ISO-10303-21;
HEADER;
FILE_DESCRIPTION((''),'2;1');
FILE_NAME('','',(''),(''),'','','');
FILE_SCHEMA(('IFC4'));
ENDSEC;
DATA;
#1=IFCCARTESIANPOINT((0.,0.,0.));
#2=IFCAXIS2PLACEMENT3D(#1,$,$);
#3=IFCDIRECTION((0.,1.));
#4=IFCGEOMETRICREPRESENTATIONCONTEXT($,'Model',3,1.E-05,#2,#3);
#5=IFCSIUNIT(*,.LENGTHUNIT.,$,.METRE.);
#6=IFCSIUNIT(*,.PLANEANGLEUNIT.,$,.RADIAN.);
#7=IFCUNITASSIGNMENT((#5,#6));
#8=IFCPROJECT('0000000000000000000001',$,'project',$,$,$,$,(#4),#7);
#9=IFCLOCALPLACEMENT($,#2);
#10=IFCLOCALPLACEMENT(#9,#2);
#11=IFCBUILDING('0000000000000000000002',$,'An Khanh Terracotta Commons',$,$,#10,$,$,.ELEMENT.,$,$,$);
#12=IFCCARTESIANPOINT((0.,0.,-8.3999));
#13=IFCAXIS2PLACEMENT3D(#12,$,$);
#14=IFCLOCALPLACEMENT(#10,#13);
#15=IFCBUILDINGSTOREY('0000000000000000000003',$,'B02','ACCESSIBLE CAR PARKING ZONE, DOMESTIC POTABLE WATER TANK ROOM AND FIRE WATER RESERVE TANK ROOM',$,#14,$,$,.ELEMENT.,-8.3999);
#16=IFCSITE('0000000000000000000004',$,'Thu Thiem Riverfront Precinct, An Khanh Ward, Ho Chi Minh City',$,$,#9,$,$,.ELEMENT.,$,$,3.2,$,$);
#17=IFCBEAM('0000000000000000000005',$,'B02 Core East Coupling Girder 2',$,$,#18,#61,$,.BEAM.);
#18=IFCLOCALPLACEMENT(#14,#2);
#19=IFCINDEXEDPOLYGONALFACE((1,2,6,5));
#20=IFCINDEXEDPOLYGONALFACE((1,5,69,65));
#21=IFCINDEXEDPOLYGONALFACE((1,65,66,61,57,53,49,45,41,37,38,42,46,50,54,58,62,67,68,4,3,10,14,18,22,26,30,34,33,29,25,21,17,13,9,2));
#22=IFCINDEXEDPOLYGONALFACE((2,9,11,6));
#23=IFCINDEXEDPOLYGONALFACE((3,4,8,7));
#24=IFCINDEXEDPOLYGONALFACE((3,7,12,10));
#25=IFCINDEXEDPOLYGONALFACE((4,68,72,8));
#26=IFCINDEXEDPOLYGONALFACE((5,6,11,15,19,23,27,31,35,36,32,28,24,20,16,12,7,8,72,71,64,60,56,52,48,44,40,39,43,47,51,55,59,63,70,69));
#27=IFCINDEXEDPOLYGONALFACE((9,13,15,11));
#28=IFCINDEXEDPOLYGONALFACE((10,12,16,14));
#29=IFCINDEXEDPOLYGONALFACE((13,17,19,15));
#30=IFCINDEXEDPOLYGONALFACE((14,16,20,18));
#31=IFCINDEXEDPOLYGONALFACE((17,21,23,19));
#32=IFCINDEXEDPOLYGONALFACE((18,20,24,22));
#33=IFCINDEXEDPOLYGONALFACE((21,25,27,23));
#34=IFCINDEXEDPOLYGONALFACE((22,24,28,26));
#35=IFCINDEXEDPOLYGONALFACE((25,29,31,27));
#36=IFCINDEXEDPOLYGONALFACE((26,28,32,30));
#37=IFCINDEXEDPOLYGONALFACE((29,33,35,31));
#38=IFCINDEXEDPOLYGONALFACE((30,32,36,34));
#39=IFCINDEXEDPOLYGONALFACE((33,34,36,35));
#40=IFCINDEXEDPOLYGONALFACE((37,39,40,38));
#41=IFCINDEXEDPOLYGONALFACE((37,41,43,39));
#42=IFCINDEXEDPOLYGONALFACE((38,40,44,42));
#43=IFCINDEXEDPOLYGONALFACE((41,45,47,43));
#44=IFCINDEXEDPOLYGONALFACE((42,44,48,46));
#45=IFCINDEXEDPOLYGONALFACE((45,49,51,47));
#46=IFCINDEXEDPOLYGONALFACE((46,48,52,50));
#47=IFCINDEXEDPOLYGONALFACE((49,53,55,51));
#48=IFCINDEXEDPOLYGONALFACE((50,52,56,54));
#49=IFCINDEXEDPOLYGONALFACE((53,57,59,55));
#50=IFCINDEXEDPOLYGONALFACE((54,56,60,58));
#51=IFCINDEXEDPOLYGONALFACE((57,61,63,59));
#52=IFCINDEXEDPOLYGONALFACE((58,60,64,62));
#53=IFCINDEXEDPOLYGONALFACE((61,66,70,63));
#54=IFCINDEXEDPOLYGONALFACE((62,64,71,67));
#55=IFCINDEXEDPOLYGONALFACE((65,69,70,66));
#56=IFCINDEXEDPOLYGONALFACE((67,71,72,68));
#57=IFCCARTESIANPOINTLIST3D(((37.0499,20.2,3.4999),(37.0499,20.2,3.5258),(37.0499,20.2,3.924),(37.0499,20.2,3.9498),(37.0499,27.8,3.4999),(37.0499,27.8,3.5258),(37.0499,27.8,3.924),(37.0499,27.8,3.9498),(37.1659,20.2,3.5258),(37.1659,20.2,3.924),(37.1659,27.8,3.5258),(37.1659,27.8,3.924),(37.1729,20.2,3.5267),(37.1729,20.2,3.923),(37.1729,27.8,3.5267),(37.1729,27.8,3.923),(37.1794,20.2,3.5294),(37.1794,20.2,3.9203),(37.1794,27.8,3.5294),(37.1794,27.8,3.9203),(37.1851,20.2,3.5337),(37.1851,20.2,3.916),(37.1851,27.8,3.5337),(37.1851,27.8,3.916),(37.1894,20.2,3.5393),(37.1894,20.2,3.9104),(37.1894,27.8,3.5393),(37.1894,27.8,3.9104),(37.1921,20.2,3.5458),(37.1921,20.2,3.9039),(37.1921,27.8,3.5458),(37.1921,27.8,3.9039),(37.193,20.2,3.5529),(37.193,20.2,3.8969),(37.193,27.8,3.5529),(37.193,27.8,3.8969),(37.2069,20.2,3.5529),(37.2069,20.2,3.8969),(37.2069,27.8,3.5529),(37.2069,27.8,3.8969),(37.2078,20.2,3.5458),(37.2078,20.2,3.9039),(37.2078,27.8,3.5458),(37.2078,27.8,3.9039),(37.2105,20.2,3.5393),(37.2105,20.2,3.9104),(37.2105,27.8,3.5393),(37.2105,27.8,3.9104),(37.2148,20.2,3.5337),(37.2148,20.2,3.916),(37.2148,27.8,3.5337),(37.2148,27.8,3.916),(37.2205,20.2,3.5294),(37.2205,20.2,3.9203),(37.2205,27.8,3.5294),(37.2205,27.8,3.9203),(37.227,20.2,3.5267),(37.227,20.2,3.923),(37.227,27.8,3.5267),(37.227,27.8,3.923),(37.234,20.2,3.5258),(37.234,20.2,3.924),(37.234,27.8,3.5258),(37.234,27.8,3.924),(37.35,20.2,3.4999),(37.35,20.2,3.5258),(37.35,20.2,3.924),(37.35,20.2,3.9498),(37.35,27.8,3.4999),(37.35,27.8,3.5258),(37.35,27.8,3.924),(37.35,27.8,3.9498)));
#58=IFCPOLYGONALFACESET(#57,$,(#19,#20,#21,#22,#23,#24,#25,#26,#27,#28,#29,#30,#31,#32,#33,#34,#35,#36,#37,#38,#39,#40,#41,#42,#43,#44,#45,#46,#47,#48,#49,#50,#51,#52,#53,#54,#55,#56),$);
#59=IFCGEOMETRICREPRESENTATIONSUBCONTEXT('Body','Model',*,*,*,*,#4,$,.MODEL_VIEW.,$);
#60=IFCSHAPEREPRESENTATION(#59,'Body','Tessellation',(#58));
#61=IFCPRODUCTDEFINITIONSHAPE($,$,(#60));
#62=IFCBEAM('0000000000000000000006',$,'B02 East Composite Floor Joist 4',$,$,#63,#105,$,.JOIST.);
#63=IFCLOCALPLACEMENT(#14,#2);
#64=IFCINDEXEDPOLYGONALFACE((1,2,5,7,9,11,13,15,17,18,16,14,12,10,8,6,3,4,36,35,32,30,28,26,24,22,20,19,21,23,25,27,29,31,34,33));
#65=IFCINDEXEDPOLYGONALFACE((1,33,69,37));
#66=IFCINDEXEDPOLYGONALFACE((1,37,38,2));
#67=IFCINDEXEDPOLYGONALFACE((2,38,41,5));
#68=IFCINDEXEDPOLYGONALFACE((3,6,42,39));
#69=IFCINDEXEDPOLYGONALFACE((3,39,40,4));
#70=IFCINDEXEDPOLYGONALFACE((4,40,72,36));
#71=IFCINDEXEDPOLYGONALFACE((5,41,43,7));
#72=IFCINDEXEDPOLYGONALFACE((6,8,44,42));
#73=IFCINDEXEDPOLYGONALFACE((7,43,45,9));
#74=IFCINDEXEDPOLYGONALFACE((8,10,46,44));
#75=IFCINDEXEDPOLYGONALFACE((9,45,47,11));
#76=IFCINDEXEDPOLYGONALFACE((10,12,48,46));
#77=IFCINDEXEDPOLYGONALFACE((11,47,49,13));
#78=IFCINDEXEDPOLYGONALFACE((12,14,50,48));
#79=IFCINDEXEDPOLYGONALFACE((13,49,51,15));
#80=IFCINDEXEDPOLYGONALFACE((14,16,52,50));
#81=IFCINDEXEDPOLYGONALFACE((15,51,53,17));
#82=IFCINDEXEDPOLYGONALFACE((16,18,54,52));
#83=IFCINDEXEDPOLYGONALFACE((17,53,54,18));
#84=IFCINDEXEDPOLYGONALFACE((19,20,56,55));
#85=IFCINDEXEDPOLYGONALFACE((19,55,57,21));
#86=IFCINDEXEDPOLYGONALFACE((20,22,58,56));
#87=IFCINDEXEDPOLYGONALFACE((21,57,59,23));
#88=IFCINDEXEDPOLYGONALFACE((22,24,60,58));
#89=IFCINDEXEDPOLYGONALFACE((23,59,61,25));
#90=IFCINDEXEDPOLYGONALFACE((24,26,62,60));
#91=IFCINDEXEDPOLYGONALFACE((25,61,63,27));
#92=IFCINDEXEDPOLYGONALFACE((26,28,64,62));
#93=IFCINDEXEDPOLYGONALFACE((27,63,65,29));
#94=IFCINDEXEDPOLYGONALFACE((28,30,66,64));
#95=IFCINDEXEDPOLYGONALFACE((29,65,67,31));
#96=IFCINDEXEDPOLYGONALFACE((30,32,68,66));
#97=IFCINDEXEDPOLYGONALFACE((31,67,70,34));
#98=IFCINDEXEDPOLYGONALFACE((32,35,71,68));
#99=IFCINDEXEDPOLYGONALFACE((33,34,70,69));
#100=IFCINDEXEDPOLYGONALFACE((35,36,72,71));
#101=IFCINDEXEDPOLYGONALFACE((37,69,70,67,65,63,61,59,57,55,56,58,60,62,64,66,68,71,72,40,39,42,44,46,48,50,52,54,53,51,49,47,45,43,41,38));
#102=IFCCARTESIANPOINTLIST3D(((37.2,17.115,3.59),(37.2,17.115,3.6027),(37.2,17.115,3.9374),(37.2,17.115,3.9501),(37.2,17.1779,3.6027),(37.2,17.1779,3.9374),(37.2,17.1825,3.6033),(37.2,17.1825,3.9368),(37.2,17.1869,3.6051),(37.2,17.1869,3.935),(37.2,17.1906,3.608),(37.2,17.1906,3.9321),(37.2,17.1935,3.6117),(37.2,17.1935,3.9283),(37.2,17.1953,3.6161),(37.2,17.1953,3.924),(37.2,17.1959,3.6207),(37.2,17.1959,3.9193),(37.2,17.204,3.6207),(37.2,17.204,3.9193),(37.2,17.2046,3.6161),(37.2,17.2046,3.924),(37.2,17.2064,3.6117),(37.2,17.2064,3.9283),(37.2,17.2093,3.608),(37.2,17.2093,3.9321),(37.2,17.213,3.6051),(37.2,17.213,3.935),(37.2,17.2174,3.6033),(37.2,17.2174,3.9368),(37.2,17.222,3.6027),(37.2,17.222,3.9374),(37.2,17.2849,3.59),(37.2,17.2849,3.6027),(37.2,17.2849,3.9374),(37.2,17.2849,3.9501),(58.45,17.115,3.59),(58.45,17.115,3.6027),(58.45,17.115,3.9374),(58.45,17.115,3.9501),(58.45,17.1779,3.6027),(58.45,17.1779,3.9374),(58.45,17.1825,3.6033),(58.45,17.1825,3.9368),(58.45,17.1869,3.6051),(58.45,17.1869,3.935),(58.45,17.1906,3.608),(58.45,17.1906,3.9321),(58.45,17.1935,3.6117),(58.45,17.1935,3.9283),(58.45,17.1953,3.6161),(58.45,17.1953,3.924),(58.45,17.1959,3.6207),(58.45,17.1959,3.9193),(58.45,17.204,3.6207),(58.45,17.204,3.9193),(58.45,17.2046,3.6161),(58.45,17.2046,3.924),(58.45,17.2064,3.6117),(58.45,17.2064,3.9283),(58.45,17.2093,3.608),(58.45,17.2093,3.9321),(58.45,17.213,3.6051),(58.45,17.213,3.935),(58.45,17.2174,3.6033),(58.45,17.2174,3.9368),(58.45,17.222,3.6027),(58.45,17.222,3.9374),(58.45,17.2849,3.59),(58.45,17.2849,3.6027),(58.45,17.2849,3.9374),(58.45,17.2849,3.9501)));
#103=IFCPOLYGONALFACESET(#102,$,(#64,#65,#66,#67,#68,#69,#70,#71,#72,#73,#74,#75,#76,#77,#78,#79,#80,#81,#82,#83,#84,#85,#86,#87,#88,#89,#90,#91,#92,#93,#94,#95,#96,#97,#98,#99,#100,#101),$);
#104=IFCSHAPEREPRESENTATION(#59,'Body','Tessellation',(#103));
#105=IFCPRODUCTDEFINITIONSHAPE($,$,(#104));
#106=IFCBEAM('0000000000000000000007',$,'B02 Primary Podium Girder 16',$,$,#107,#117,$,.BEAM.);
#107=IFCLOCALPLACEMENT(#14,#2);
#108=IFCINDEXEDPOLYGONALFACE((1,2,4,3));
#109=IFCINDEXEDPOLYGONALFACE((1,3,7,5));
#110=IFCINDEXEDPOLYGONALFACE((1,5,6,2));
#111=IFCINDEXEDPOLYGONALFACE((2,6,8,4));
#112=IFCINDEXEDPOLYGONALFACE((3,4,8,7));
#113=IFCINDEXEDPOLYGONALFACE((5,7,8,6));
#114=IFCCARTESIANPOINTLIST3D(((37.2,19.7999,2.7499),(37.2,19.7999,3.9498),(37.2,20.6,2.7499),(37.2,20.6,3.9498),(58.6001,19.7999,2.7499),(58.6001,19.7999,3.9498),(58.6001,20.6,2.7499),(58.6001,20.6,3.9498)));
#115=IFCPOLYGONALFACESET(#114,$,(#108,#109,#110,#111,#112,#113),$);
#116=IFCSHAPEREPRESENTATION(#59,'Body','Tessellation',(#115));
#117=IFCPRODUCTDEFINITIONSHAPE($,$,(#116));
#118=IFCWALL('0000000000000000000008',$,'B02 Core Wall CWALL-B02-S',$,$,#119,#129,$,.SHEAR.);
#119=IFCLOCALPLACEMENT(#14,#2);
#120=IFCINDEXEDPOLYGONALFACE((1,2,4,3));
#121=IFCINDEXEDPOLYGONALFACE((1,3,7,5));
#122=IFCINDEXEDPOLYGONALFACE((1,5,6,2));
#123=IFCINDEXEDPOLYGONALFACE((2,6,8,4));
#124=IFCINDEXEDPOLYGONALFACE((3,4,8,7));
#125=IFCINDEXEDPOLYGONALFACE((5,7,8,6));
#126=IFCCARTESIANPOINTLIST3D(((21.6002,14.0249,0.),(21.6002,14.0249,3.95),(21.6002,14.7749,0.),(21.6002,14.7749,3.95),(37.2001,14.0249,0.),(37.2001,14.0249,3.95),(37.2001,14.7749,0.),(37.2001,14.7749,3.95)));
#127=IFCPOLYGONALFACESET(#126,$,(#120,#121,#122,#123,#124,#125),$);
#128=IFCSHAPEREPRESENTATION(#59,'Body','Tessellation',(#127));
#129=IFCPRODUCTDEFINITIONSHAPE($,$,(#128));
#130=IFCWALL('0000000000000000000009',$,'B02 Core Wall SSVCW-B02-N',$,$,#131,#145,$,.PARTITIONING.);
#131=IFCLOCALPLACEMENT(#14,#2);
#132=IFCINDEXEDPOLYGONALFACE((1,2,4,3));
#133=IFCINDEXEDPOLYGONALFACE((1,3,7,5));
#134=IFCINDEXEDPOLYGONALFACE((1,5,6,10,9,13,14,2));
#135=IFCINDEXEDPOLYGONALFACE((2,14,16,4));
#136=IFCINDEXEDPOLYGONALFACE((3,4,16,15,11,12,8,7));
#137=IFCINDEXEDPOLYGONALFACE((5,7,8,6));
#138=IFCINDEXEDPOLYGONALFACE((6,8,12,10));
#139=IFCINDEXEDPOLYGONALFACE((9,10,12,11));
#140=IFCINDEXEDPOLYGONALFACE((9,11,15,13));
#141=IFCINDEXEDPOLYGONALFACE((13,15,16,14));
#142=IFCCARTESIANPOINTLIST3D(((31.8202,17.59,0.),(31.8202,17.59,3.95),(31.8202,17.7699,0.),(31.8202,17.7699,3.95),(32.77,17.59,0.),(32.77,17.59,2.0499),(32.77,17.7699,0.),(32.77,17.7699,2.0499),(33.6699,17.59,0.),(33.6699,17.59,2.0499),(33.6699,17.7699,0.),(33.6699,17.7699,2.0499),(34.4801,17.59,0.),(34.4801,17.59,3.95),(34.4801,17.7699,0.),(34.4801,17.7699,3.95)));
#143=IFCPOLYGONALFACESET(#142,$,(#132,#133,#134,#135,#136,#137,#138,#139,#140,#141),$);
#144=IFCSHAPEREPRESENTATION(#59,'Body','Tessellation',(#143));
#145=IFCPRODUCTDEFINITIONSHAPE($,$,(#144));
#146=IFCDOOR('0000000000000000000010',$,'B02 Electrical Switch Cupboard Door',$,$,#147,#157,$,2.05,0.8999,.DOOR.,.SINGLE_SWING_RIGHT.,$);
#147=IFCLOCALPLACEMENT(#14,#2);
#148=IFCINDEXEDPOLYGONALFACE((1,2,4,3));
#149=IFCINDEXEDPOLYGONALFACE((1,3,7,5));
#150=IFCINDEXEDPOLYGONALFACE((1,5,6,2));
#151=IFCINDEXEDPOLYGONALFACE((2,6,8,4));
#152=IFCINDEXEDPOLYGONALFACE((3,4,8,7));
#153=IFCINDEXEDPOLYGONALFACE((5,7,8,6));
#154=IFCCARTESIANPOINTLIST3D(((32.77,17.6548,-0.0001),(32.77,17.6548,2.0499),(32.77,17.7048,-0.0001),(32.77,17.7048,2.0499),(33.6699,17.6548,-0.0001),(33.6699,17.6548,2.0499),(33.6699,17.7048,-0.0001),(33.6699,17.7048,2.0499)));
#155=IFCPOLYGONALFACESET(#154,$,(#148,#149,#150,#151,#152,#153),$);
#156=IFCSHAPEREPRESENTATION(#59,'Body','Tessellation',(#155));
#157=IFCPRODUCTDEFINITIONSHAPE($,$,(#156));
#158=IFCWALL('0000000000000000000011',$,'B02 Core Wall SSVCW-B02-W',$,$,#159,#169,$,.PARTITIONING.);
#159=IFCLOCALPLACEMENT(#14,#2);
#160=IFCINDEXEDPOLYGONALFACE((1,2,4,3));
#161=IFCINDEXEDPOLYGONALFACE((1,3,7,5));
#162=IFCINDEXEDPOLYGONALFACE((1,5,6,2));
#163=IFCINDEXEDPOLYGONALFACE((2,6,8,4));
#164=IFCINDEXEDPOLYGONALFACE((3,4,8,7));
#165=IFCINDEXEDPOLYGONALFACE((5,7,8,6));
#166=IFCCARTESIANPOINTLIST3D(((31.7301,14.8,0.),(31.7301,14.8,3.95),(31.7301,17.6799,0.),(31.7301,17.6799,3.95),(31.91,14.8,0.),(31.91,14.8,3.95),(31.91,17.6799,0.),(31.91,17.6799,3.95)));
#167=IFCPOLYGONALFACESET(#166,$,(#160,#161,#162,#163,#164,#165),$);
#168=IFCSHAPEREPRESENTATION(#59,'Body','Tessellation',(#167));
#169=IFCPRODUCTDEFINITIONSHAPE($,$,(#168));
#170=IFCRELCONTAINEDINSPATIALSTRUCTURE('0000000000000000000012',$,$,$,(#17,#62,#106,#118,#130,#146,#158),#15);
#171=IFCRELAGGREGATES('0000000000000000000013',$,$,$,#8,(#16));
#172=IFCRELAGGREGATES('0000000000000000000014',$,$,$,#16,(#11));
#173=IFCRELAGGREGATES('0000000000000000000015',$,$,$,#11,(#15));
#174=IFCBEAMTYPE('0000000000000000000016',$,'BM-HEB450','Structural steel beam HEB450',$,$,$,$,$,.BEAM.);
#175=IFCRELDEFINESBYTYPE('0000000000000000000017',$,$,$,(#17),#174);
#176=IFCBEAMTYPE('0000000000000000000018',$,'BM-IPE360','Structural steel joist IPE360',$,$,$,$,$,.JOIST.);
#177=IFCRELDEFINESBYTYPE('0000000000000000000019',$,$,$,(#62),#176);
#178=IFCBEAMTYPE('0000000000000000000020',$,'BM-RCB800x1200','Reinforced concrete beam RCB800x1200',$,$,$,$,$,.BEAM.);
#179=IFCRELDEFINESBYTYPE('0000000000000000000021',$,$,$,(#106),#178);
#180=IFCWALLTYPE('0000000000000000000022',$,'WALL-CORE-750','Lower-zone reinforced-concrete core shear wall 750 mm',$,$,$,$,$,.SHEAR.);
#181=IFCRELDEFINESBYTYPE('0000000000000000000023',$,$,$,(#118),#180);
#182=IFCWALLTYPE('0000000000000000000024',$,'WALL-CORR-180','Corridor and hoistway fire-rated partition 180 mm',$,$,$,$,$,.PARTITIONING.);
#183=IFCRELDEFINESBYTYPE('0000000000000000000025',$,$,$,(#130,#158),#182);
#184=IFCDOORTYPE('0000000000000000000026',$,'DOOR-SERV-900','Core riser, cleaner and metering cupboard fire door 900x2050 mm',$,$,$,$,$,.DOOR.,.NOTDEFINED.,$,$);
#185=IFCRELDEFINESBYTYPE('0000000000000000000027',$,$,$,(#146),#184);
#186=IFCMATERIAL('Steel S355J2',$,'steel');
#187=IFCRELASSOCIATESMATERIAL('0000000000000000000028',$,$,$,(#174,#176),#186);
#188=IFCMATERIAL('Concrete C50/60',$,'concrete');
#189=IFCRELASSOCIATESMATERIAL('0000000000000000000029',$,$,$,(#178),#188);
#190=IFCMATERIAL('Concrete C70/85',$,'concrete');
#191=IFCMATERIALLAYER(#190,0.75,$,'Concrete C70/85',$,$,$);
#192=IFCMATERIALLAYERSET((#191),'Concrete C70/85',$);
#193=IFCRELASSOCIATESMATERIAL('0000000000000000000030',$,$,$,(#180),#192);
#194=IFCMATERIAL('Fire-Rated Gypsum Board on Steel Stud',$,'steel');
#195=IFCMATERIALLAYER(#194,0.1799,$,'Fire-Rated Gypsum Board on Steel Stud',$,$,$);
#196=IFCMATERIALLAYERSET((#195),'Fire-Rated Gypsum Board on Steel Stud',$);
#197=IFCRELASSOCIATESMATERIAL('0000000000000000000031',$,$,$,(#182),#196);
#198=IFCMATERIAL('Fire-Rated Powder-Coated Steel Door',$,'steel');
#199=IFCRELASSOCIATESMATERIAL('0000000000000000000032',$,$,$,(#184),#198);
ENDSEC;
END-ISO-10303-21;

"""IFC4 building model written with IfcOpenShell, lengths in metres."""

from ifc_helpers import new_model, si_unit, direction, frame, frame_2d, origin, origin_2d, place, context, subcontext, project, spatial, rectangle, i_section, extrude, material, layer, layer_set, material_profile, profile_set, type_object, element, fill, save


model = new_model("IFC4")

# Units and contexts
model_context = context("Model", 3, precision=1e-05, world=origin(), true_north=direction((0.0, 1.0)))
body_context = subcontext(model_context, "Body", "Model", "MODEL_VIEW")
ifc_project = project(units=[si_unit("LENGTHUNIT", "METRE"), si_unit("PLANEANGLEUNIT", "RADIAN")], contexts=[model_context])

# Site, building, storey
site_placement = place(None, origin())
site = spatial("IfcSite", under=ifc_project, at=site_placement, Name="Thu Thiem Riverfront Precinct, An Khanh Ward, Ho Chi Minh City", CompositionType="ELEMENT", RefElevation=3.2)
building_placement = place(site_placement, origin())
building = spatial("IfcBuilding", under=site, at=building_placement, Name="An Khanh Terracotta Commons", CompositionType="ELEMENT")
storey_placement = place(building_placement, frame((0.0, 0.0, -8.3999)))
storey = spatial("IfcBuildingStorey", under=building, at=storey_placement, Name="B02", Description="ACCESSIBLE CAR PARKING ZONE, DOMESTIC POTABLE WATER TANK ROOM AND FIRE WATER RESERVE TANK ROOM", CompositionType="ELEMENT", Elevation=-8.3999)

# Shared definitions
ifc_material_1 = material(Name="Concrete C50/60", Category="concrete")

# Shared definitions
ifc_material_2 = material(Name="Concrete C70/85", Category="concrete")

# Beams
ifc_material_3 = material(Name="Steel S355J2", Category="steel")
ifc_material_profile_1 = material_profile(ifc_material_3, i_section(OverallWidth=0.3, OverallDepth=0.45, WebThickness=0.0139, FlangeThickness=0.0259, FilletRadius=0.0271, at=origin_2d()), Name="HEB450")
ifc_profile_set_1 = profile_set([ifc_material_profile_1], Name="Steel S355J2")
beam_type_1 = type_object("IfcBeamType", Name="BM-HEB450", Description="Structural steel beam HEB450", PredefinedType="BEAM", material=ifc_profile_set_1)
beam_1_placement = place(storey_placement, frame((37.2, 20.2, 3.7249), z_axis=(0.0, 1.0, 0.0), x_axis=(-1.0, 0.0, 0.0)))
element("IfcBeam", 1, at=beam_1_placement, inside=storey, type_object=beam_type_1, Name="B02 Core East Coupling Girder 2", PredefinedType="BEAM", context=body_context, shape_type="SweptSolid", body=[
    extrude(i_section(OverallWidth=0.3, OverallDepth=0.45, WebThickness=0.0139, FlangeThickness=0.0259, FilletRadius=0.0271, at=origin_2d()), origin(), (0.0, 0.0, 1.0), 7.6001),
])
ifc_material_profile_2 = material_profile(ifc_material_3, i_section(OverallWidth=0.1699, OverallDepth=0.3601, WebThickness=0.0081, FlangeThickness=0.0127, FilletRadius=0.0181, at=origin_2d()), Name="IPE360")
ifc_profile_set_2 = profile_set([ifc_material_profile_2], Name="Steel S355J2")
beam_type_2 = type_object("IfcBeamType", Name="BM-IPE360", Description="Structural steel joist IPE360", PredefinedType="JOIST", material=ifc_profile_set_2)
beam_2_placement = place(storey_placement, frame((37.2, 17.2, 3.77), z_axis=(1.0, 0.0, 0.0), x_axis=(0.0, 1.0, 0.0)))
element("IfcBeam", 2, at=beam_2_placement, inside=storey, type_object=beam_type_2, Name="B02 East Composite Floor Joist 4", PredefinedType="JOIST", context=body_context, shape_type="SweptSolid", body=[
    extrude(i_section(OverallWidth=0.1699, OverallDepth=0.3601, WebThickness=0.0081, FlangeThickness=0.0127, FilletRadius=0.0181, at=origin_2d()), origin(), (0.0, 0.0, 1.0), 21.25),
])
ifc_material_profile_3 = material_profile(ifc_material_1, rectangle(XDim=0.8, YDim=1.2, at=origin_2d()), Name="RCB800x1200")
ifc_profile_set_3 = profile_set([ifc_material_profile_3], Name="Concrete C50/60")
beam_type_3 = type_object("IfcBeamType", Name="BM-RCB800x1200", Description="Reinforced concrete beam RCB800x1200", PredefinedType="BEAM", material=ifc_profile_set_3)
beam_3_placement = place(storey_placement, frame((37.2, 20.2, 3.3499), z_axis=(1.0, 0.0, 0.0), x_axis=(0.0, 1.0, 0.0)))
element("IfcBeam", 3, at=beam_3_placement, inside=storey, type_object=beam_type_3, Name="B02 Primary Podium Girder 16", PredefinedType="BEAM", context=body_context, shape_type="SweptSolid", body=[
    extrude(rectangle(XDim=0.8, YDim=1.2, at=origin_2d()), origin(), (0.0, 0.0, 1.0), 21.4001),
])

# Wall
ifc_layer_1 = layer(ifc_material_2, 0.75, Name="Concrete C70/85")
ifc_layer_set_1 = layer_set([ifc_layer_1], Name="Concrete C70/85")
wall_type_1 = type_object("IfcWallType", Name="WALL-CORE-750", Description="Lower-zone reinforced-concrete core shear wall 750 mm", PredefinedType="SHEAR", material=ifc_layer_set_1)
wall_1_placement = place(storey_placement, frame((37.2, 14.3999, 0.0), z_axis=(0.0, 0.0, 1.0), x_axis=(-1.0, 0.0, 0.0)))
element("IfcWall", 4, at=wall_1_placement, inside=storey, type_object=wall_type_1, Name="B02 Core Wall CWALL-B02-S", PredefinedType="SHEAR", context=body_context, shape_type="SweptSolid", body=[
    extrude(rectangle(XDim=15.5999, YDim=0.75, at=frame_2d((7.7998, 0.0))), origin(), (0.0, 0.0, 1.0), 3.95),
])

# Wall, opening, door
ifc_material_4 = material(Name="Fire-Rated Gypsum Board on Steel Stud", Category="steel")
ifc_layer_2 = layer(ifc_material_4, 0.1799, Name="Fire-Rated Gypsum Board on Steel Stud")
ifc_layer_set_2 = layer_set([ifc_layer_2], Name="Fire-Rated Gypsum Board on Steel Stud")
wall_type_2 = type_object("IfcWallType", Name="WALL-CORR-180", Description="Corridor and hoistway fire-rated partition 180 mm", PredefinedType="PARTITIONING", material=ifc_layer_set_2)
wall_2_placement = place(storey_placement, frame((31.8201, 17.6799, 0.0), z_axis=(0.0, 0.0, 1.0), x_axis=(1.0, 0.0, 0.0)))
wall_2 = element("IfcWall", 5, at=wall_2_placement, inside=storey, type_object=wall_type_2, Name="B02 Core Wall SSVCW-B02-N", PredefinedType="PARTITIONING", context=body_context, shape_type="SweptSolid", body=[
    extrude(rectangle(XDim=2.6599, YDim=0.1799, at=frame_2d((1.3301, 0.0))), origin(), (0.0, 0.0, 1.0), 3.95),
])
opening_1_placement = place(wall_2_placement, frame((0.95, 0.0, 0.0)))
opening_1 = element("IfcOpeningElement", 6, at=opening_1_placement, cuts=wall_2, PredefinedType="OPENING", context=body_context, shape_type="SweptSolid", body=[
    extrude(rectangle(XDim=0.8999, YDim=2.05, at=frame_2d((0.45, 1.0249))), frame((0.0, 0.0999, 0.0), z_axis=(0.0, -1.0, 0.0), x_axis=(1.0, 0.0, 0.0)), (0.0, 0.0, 1.0), 0.2),
])
ifc_material_5 = material(Name="Fire-Rated Powder-Coated Steel Door", Category="steel")
door_type_1 = type_object("IfcDoorType", Name="DOOR-SERV-900", Description="Core riser, cleaner and metering cupboard fire door 900x2050 mm", OperationType="NOTDEFINED", PredefinedType="DOOR", material=ifc_material_5)
door_1_placement = place(opening_1_placement, origin())
door_1 = element("IfcDoor", 7, at=door_1_placement, inside=storey, type_object=door_type_1, Name="B02 Electrical Switch Cupboard Door", OperationType="SINGLE_SWING_RIGHT", OverallHeight=2.05, OverallWidth=0.8999, PredefinedType="DOOR", context=body_context, shape_type="SweptSolid", body=[
    extrude(rectangle(XDim=0.8999, YDim=2.05, at=frame_2d((0.45, 1.0249))), frame((0.0, 0.0249, 0.0), z_axis=(0.0, -1.0, 0.0), x_axis=(1.0, 0.0, 0.0)), (0.0, 0.0, 1.0), 0.05),
])
fill(opening_1, door_1)

# Wall
wall_3_placement = place(storey_placement, frame((31.8201, 14.8, 0.0), z_axis=(0.0, 0.0, 1.0), x_axis=(0.0, 1.0, 0.0)))
element("IfcWall", 8, at=wall_3_placement, inside=storey, type_object=wall_type_2, Name="B02 Core Wall SSVCW-B02-W", PredefinedType="PARTITIONING", context=body_context, shape_type="SweptSolid", body=[
    extrude(rectangle(XDim=2.8799, YDim=0.1799, at=frame_2d((1.4399, 0.0))), origin(), (0.0, 0.0, 1.0), 3.95),
])

save(model, "model.ifc")
